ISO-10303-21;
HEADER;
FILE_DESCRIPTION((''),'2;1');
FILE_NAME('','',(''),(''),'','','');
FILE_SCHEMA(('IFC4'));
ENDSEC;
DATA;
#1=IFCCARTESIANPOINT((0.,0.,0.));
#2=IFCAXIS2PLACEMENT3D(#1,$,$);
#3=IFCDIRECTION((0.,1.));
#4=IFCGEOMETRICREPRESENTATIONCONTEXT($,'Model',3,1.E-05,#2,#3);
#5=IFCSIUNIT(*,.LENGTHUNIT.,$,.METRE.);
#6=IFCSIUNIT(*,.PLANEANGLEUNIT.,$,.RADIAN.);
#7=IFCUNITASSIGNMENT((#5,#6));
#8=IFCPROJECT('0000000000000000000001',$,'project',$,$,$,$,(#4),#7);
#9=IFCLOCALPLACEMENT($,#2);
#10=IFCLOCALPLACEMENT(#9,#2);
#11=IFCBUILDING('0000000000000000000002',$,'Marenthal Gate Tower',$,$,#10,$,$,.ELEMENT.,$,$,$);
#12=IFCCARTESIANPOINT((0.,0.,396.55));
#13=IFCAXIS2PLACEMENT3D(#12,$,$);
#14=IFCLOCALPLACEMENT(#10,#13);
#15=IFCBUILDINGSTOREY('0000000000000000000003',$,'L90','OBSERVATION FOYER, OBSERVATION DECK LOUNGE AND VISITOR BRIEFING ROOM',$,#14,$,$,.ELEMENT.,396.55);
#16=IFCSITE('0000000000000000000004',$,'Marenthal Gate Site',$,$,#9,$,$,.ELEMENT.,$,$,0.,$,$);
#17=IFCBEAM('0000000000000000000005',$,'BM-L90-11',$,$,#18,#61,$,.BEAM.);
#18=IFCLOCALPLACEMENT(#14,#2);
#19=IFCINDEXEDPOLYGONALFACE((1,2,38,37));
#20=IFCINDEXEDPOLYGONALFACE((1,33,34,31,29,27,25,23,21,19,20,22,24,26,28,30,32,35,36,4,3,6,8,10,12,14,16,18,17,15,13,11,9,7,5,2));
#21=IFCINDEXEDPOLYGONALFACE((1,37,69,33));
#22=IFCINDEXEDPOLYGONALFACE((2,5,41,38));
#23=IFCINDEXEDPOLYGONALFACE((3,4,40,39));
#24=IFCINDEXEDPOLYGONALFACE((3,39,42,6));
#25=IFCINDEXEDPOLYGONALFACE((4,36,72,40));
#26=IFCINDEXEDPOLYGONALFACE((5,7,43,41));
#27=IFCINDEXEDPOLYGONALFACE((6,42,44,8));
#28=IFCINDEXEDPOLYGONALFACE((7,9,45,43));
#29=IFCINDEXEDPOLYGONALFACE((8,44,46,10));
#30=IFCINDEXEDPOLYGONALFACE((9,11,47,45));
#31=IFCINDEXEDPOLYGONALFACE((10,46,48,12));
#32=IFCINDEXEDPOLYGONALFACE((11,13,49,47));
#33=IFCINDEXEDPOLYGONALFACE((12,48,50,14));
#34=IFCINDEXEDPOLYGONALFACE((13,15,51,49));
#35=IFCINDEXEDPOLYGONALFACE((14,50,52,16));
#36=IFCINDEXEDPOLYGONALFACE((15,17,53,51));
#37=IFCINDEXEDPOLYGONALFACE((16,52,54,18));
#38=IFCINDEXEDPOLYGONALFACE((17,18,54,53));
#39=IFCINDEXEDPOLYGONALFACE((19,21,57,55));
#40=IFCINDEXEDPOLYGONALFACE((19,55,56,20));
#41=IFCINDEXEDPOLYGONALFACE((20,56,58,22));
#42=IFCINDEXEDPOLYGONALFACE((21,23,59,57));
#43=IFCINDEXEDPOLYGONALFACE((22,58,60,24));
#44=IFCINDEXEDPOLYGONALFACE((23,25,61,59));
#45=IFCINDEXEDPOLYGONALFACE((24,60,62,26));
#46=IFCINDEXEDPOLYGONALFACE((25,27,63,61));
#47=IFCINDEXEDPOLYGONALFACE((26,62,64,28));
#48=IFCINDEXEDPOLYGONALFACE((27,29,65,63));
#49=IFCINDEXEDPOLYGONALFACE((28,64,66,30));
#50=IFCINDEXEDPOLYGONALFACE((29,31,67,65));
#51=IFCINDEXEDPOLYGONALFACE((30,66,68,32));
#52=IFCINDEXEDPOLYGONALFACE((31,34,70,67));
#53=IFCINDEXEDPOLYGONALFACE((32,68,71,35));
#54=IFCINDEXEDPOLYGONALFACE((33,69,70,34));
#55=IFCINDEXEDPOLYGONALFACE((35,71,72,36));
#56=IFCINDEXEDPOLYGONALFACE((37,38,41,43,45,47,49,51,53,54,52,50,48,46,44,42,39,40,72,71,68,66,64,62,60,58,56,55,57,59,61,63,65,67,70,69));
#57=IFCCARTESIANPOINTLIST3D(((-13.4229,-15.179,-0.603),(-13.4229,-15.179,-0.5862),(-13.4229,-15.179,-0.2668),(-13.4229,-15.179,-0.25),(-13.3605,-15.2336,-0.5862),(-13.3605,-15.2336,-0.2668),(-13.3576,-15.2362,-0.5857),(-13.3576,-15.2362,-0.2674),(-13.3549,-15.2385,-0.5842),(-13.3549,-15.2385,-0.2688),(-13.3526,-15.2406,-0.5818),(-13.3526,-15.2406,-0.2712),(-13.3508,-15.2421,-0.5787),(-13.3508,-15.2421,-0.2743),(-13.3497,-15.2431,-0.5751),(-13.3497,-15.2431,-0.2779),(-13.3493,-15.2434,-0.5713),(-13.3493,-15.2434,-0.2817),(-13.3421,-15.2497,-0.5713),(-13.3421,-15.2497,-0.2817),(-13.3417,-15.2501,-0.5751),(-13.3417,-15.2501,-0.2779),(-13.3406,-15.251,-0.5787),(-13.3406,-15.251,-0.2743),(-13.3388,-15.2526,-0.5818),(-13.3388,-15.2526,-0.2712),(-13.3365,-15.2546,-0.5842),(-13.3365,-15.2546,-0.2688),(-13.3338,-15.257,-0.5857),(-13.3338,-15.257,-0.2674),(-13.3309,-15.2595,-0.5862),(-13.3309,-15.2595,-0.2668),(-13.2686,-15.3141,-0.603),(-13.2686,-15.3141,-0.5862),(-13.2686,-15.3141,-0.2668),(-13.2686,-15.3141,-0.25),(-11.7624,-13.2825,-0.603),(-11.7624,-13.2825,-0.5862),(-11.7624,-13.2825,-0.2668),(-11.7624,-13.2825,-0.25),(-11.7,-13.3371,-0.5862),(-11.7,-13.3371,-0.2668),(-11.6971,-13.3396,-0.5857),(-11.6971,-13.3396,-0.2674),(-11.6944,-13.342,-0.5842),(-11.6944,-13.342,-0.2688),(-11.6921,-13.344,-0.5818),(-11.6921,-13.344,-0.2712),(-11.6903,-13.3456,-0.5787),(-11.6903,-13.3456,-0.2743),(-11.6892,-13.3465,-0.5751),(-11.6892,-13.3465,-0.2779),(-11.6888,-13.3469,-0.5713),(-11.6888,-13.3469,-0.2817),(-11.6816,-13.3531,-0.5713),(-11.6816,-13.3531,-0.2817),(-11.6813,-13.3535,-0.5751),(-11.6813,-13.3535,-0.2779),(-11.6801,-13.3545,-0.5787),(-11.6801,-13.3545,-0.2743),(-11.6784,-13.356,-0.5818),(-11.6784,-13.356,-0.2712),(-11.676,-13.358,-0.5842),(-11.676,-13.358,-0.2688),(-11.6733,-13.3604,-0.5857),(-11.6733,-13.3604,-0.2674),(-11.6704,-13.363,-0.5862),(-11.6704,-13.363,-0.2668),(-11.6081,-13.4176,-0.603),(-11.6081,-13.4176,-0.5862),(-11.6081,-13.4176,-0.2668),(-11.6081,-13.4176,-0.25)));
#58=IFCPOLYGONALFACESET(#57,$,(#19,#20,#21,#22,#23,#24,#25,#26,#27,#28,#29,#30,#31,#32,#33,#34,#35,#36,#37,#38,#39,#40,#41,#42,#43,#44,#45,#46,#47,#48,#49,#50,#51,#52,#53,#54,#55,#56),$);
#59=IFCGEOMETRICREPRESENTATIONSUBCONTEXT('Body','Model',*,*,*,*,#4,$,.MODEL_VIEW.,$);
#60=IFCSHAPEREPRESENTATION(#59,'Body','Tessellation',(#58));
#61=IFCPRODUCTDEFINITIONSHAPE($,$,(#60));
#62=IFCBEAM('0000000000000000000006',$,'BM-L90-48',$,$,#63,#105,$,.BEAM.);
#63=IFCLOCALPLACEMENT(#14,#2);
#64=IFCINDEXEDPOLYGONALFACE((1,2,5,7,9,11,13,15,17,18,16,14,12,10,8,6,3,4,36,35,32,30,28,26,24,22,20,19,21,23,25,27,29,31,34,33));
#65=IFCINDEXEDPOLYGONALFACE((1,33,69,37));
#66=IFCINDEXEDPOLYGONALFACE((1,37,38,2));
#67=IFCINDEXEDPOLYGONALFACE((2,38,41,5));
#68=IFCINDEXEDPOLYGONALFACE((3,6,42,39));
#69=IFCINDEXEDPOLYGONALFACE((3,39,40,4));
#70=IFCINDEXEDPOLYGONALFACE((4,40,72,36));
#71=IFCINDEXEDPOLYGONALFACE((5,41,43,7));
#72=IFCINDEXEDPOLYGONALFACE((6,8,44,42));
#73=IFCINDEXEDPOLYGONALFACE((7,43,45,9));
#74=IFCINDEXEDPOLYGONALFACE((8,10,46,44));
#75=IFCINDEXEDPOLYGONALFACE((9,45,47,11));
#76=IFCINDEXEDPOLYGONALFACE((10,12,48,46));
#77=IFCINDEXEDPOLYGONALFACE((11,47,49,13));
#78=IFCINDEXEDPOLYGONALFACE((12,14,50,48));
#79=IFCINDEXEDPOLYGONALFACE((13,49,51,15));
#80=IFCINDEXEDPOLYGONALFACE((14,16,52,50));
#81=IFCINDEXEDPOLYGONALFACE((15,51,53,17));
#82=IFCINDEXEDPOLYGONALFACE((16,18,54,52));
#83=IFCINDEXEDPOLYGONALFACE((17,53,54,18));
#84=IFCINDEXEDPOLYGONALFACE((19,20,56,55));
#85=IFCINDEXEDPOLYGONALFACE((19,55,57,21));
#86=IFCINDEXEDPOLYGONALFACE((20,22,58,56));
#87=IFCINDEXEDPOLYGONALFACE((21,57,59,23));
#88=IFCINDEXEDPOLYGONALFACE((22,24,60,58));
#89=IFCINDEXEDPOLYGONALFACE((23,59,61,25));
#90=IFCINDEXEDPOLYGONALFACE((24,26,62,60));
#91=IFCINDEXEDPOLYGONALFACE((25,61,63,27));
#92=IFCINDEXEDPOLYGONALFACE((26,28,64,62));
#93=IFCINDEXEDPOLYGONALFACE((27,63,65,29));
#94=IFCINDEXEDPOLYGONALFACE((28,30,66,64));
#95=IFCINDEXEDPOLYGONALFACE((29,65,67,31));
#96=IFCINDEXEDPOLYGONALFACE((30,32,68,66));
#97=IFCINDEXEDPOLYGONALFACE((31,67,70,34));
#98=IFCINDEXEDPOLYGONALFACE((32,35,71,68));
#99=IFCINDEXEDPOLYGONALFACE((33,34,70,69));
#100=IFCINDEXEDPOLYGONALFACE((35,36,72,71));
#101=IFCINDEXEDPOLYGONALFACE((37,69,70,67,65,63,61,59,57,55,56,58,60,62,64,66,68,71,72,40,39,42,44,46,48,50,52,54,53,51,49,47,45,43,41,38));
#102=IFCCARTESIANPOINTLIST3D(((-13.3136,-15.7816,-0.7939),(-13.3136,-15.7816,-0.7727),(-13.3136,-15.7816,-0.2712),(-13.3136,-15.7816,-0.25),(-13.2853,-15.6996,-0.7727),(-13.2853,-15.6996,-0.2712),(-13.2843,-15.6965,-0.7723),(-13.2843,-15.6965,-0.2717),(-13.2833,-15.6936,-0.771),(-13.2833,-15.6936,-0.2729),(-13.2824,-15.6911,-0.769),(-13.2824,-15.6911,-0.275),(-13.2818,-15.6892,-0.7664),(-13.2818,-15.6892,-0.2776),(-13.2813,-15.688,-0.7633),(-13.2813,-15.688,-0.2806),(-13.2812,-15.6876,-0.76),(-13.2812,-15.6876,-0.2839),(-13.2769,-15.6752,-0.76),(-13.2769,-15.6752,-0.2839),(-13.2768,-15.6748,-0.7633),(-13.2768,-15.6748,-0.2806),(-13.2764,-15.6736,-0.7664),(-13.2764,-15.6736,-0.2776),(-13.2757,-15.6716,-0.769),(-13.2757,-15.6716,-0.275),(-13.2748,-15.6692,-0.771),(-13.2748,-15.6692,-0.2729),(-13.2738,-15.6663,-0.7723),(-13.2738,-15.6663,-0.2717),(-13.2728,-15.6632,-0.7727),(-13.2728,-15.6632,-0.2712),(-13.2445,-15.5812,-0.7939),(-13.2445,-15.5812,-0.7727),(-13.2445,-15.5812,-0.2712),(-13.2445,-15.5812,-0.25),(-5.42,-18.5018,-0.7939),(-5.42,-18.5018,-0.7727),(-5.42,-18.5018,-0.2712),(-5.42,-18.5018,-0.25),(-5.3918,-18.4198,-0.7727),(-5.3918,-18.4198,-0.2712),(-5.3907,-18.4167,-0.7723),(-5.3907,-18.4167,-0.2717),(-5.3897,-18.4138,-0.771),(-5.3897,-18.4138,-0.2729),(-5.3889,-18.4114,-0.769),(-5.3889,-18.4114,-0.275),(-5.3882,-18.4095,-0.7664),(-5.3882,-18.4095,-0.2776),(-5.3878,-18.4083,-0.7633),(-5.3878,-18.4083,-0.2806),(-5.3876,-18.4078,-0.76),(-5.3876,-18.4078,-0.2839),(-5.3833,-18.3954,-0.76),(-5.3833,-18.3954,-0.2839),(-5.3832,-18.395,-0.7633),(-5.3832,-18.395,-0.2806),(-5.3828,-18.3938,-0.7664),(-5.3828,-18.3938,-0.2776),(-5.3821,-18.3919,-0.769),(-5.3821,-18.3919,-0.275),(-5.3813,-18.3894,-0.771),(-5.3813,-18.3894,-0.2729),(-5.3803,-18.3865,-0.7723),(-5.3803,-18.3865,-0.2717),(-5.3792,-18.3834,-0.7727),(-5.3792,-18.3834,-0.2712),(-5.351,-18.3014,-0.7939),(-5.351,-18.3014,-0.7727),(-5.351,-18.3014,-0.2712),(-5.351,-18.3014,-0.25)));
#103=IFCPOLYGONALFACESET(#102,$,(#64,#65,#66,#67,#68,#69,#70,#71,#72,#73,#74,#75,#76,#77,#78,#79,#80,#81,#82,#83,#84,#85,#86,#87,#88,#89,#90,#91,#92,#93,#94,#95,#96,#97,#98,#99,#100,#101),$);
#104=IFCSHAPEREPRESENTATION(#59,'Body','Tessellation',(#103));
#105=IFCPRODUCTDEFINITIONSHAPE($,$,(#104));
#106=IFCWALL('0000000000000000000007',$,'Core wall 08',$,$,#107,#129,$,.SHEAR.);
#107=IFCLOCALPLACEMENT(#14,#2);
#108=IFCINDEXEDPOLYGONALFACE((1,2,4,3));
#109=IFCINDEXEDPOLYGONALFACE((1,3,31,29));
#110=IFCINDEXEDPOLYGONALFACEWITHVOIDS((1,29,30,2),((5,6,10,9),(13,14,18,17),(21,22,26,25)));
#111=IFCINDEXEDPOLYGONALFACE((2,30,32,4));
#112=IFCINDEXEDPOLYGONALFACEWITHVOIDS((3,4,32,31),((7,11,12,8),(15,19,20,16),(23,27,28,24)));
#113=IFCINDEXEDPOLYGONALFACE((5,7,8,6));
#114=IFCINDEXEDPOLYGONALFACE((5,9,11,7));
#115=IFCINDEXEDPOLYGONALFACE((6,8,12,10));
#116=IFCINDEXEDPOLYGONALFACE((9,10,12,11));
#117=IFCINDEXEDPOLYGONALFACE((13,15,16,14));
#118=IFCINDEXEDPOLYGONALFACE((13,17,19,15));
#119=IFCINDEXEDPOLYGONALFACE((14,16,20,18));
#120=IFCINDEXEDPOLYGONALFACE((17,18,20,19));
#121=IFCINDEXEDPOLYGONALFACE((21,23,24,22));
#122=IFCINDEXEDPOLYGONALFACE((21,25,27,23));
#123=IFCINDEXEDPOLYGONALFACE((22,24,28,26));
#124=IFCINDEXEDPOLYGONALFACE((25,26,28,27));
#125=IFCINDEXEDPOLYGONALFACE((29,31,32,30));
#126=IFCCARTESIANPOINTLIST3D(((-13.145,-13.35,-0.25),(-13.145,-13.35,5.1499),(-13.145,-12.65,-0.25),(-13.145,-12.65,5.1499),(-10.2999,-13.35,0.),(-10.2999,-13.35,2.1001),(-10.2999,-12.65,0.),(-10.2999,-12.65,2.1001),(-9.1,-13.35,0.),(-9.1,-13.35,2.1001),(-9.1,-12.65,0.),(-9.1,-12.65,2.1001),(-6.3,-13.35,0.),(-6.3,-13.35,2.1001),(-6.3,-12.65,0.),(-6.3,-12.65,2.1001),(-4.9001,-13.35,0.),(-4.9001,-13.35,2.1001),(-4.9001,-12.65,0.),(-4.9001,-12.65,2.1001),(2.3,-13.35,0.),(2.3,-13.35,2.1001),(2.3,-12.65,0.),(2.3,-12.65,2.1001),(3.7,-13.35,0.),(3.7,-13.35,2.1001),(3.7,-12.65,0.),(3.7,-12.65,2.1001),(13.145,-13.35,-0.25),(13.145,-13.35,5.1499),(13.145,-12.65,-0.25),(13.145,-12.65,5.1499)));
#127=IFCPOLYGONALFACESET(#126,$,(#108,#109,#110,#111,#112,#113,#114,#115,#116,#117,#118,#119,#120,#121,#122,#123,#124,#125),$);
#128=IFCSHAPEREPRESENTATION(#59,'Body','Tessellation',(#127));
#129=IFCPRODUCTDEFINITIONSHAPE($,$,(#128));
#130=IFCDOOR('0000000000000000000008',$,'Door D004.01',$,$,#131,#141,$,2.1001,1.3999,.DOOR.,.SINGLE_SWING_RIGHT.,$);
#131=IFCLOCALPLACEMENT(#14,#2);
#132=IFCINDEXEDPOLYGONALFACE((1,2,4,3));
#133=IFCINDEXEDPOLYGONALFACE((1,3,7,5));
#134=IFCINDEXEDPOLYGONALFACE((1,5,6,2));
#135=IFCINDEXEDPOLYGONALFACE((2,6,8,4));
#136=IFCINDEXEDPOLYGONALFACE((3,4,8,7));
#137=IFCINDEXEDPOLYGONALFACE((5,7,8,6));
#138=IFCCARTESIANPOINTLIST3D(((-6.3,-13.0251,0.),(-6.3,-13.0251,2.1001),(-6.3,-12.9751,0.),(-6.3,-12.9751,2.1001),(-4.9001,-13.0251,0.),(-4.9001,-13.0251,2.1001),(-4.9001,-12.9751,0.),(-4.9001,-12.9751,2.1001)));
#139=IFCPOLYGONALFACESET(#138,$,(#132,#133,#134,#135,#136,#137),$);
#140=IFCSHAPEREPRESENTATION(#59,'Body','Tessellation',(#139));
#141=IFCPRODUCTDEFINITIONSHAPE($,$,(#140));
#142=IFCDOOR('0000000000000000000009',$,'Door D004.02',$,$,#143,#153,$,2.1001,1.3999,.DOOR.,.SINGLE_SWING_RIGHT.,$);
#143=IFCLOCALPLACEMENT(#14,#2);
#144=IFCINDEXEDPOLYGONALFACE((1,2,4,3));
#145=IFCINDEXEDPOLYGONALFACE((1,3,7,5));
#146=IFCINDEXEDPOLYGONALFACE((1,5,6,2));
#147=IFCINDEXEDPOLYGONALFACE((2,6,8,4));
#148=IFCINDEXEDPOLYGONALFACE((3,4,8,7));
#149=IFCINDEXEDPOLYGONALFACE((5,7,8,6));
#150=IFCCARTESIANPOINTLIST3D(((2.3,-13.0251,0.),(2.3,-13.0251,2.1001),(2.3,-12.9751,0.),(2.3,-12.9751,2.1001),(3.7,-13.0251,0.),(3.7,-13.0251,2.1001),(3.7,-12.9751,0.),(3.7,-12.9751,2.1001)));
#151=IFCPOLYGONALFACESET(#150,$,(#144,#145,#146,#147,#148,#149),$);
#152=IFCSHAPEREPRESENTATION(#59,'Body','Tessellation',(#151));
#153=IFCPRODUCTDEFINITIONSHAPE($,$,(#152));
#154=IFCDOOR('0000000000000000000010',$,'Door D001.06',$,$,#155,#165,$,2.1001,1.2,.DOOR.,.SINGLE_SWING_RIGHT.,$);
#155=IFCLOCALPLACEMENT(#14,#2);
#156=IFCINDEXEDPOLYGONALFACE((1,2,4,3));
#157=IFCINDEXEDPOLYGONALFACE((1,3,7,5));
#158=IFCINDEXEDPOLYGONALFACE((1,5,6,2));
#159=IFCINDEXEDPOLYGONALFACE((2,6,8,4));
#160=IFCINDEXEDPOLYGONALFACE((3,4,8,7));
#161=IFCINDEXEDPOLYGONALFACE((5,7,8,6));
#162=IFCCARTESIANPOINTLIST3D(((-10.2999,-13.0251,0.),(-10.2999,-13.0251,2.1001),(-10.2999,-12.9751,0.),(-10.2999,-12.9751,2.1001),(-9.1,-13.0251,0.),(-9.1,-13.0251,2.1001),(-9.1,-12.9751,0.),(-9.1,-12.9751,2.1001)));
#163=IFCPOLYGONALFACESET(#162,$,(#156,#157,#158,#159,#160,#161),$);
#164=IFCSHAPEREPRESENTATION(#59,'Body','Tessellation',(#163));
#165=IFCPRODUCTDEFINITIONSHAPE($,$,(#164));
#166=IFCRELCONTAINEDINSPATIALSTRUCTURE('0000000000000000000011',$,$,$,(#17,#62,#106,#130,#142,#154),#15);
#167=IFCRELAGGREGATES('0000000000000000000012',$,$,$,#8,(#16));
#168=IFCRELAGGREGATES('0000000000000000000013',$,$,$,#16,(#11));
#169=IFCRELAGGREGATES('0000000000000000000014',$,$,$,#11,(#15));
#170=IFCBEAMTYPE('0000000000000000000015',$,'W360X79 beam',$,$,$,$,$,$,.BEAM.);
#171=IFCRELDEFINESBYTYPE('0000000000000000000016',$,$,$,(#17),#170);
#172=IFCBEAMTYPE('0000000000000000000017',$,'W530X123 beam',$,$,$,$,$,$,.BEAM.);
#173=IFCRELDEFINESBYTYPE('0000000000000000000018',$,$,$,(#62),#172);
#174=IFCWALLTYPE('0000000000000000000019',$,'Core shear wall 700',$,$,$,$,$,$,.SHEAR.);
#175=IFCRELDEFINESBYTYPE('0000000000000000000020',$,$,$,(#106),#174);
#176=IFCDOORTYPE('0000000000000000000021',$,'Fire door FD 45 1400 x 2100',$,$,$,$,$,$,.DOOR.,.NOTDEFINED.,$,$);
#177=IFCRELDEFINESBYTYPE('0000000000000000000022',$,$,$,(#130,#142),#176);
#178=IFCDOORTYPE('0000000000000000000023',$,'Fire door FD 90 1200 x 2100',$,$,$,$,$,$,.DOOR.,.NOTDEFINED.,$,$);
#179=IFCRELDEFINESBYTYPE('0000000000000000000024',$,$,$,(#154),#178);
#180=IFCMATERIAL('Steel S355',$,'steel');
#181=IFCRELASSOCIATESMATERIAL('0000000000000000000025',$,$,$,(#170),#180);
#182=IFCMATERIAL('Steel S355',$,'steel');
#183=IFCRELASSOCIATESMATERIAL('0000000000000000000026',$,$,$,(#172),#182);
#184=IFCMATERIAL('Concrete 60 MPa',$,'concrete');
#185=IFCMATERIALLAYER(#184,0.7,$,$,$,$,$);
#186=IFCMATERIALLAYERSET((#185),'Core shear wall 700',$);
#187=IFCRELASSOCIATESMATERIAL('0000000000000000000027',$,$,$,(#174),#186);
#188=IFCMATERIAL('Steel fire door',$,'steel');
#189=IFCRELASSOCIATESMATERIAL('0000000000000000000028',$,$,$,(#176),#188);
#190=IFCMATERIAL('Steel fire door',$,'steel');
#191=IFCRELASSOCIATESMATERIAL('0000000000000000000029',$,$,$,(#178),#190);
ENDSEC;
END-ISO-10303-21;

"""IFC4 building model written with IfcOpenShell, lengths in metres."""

from ifc_helpers import new_model, si_unit, direction, frame, frame_2d, origin, origin_2d, place, context, subcontext, project, spatial, rectangle, i_section, extrude, material, layer, layer_set, material_profile, profile_set, type_object, element, fill, save


model = new_model("IFC4")

# Units and contexts
model_context = context("Model", 3, precision=1e-05, world=origin(), true_north=direction((0.0, 1.0)))
body_context = subcontext(model_context, "Body", "Model", "MODEL_VIEW")
ifc_project = project(units=[si_unit("LENGTHUNIT", "METRE"), si_unit("PLANEANGLEUNIT", "RADIAN")], contexts=[model_context])

# Site, building, storey
site_placement = place(None, origin())
site = spatial("IfcSite", under=ifc_project, at=site_placement, Name="Marenthal Gate Site", CompositionType="ELEMENT", RefElevation=0.0)
building_placement = place(site_placement, origin())
building = spatial("IfcBuilding", under=site, at=building_placement, Name="Marenthal Gate Tower", CompositionType="ELEMENT")
storey_placement = place(building_placement, frame((0.0, 0.0, 396.55)))
storey = spatial("IfcBuildingStorey", under=building, at=storey_placement, Name="L90", Description="OBSERVATION FOYER, OBSERVATION DECK LOUNGE AND VISITOR BRIEFING ROOM", CompositionType="ELEMENT", Elevation=396.55)

# Beams
ifc_material_1 = material(Name="Steel S355", Category="steel")
ifc_material_profile_1 = material_profile(ifc_material_1, i_section(OverallWidth=0.2051, OverallDepth=0.353, WebThickness=0.0095, FlangeThickness=0.0168, FilletRadius=0.0149, at=origin_2d()), Name="W360X79")
ifc_profile_set_1 = profile_set([ifc_material_profile_1], Name="Steel S355")
beam_type_1 = type_object("IfcBeamType", Name="W360X79 beam", PredefinedType="BEAM", material=ifc_profile_set_1)
beam_1_placement = place(storey_placement, frame((-13.3457, -15.2466, -0.4265), z_axis=(0.658724, 0.752385, 0.0), x_axis=(-0.752385, 0.658724, 0.0)))
element("IfcBeam", 1, at=beam_1_placement, inside=storey, type_object=beam_type_1, Name="BM-L90-11", PredefinedType="BEAM", context=body_context, shape_type="SweptSolid", body=[
    extrude(i_section(OverallWidth=0.2051, OverallDepth=0.353, WebThickness=0.0095, FlangeThickness=0.0168, FilletRadius=0.0149, at=origin_2d()), origin(), (0.0, 0.0, 1.0), 2.5208),
])
ifc_material_2 = material(Name="Steel S355", Category="steel")
ifc_material_profile_2 = material_profile(ifc_material_2, i_section(OverallWidth=0.2119, OverallDepth=0.5439, WebThickness=0.0132, FlangeThickness=0.0212, FilletRadius=0.0127, at=origin_2d()), Name="W530X123")
ifc_profile_set_2 = profile_set([ifc_material_profile_2], Name="Steel S355")
beam_type_2 = type_object("IfcBeamType", Name="W530X123 beam", PredefinedType="BEAM", material=ifc_profile_set_2)
beam_2_placement = place(storey_placement, frame((-13.2791, -15.6814, -0.522), z_axis=(0.945436, -0.325809, 0.0), x_axis=(0.325809, 0.945436, 0.0)))
element("IfcBeam", 2, at=beam_2_placement, inside=storey, type_object=beam_type_2, Name="BM-L90-48", PredefinedType="BEAM", context=body_context, shape_type="SweptSolid", body=[
    extrude(i_section(OverallWidth=0.2119, OverallDepth=0.5439, WebThickness=0.0132, FlangeThickness=0.0212, FilletRadius=0.0127, at=origin_2d()), origin(), (0.0, 0.0, 1.0), 8.3491),
])

# Wall, openings, doors
ifc_material_3 = material(Name="Concrete 60 MPa", Category="concrete")
ifc_layer_1 = layer(ifc_material_3, 0.7)
ifc_layer_set_1 = layer_set([ifc_layer_1], Name="Core shear wall 700")
wall_type_1 = type_object("IfcWallType", Name="Core shear wall 700", PredefinedType="SHEAR", material=ifc_layer_set_1)
wall_1_placement = place(storey_placement, frame((-13.145, -13.0, -0.25), z_axis=(0.0, 0.0, 1.0), x_axis=(1.0, 0.0, 0.0)))
wall_1 = element("IfcWall", 3, at=wall_1_placement, inside=storey, type_object=wall_type_1, Name="Core wall 08", PredefinedType="SHEAR", context=body_context, shape_type="SweptSolid", body=[
    extrude(rectangle(XDim=26.29, YDim=0.7, at=frame_2d((13.145, 0.0))), origin(), (0.0, 0.0, 1.0), 5.3999),
])
opening_1_placement = place(wall_1_placement, frame((2.845, 0.0, 0.25)))
opening_1 = element("IfcOpeningElement", 4, at=opening_1_placement, cuts=wall_1, PredefinedType="OPENING", context=body_context, shape_type="SweptSolid", body=[
    extrude(rectangle(XDim=1.2, YDim=2.1001, at=frame_2d((0.6001, 1.05))), frame((0.0, 0.3599, 0.0), z_axis=(0.0, -1.0, 0.0), x_axis=(1.0, 0.0, 0.0)), (0.0, 0.0, 1.0), 0.72),
])
opening_2_placement = place(wall_1_placement, frame((6.845, 0.0, 0.25)))
opening_2 = element("IfcOpeningElement", 5, at=opening_2_placement, cuts=wall_1, PredefinedType="OPENING", context=body_context, shape_type="SweptSolid", body=[
    extrude(rectangle(XDim=1.3999, YDim=2.1001, at=frame_2d((0.7, 1.05))), frame((0.0, 0.3599, 0.0), z_axis=(0.0, -1.0, 0.0), x_axis=(1.0, 0.0, 0.0)), (0.0, 0.0, 1.0), 0.72),
])
opening_3_placement = place(wall_1_placement, frame((15.4451, 0.0, 0.25)))
opening_3 = element("IfcOpeningElement", 6, at=opening_3_placement, cuts=wall_1, PredefinedType="OPENING", context=body_context, shape_type="SweptSolid", body=[
    extrude(rectangle(XDim=1.3999, YDim=2.1001, at=frame_2d((0.7, 1.05))), frame((0.0, 0.3599, 0.0), z_axis=(0.0, -1.0, 0.0), x_axis=(1.0, 0.0, 0.0)), (0.0, 0.0, 1.0), 0.72),
])
ifc_material_4 = material(Name="Steel fire door", Category="steel")
door_type_1 = type_object("IfcDoorType", Name="Fire door FD 45 1400 x 2100", OperationType="NOTDEFINED", PredefinedType="DOOR", material=ifc_material_4)
door_1_placement = place(opening_2_placement, origin())
door_1 = element("IfcDoor", 7, at=door_1_placement, inside=storey, type_object=door_type_1, Name="Door D004.01", OperationType="SINGLE_SWING_RIGHT", OverallHeight=2.1001, OverallWidth=1.3999, PredefinedType="DOOR", context=body_context, shape_type="SweptSolid", body=[
    extrude(rectangle(XDim=1.3999, YDim=2.1001, at=frame_2d((0.7, 1.05))), frame((0.0, 0.0249, 0.0), z_axis=(0.0, -1.0, 0.0), x_axis=(1.0, 0.0, 0.0)), (0.0, 0.0, 1.0), 0.05),
])
fill(opening_2, door_1)
door_2_placement = place(opening_3_placement, origin())
door_2 = element("IfcDoor", 8, at=door_2_placement, inside=storey, type_object=door_type_1, Name="Door D004.02", OperationType="SINGLE_SWING_RIGHT", OverallHeight=2.1001, OverallWidth=1.3999, PredefinedType="DOOR", context=body_context, shape_type="SweptSolid", body=[
    extrude(rectangle(XDim=1.3999, YDim=2.1001, at=frame_2d((0.7, 1.05))), frame((0.0, 0.0249, 0.0), z_axis=(0.0, -1.0, 0.0), x_axis=(1.0, 0.0, 0.0)), (0.0, 0.0, 1.0), 0.05),
])
fill(opening_3, door_2)
ifc_material_5 = material(Name="Steel fire door", Category="steel")
door_type_2 = type_object("IfcDoorType", Name="Fire door FD 90 1200 x 2100", OperationType="NOTDEFINED", PredefinedType="DOOR", material=ifc_material_5)
door_3_placement = place(opening_1_placement, origin())
door_3 = element("IfcDoor", 9, at=door_3_placement, inside=storey, type_object=door_type_2, Name="Door D001.06", OperationType="SINGLE_SWING_RIGHT", OverallHeight=2.1001, OverallWidth=1.2, PredefinedType="DOOR", context=body_context, shape_type="SweptSolid", body=[
    extrude(rectangle(XDim=1.2, YDim=2.1001, at=frame_2d((0.6001, 1.05))), frame((0.0, 0.0249, 0.0), z_axis=(0.0, -1.0, 0.0), x_axis=(1.0, 0.0, 0.0)), (0.0, 0.0, 1.0), 0.05),
])
fill(opening_1, door_3)

save(model, "model.ifc")
